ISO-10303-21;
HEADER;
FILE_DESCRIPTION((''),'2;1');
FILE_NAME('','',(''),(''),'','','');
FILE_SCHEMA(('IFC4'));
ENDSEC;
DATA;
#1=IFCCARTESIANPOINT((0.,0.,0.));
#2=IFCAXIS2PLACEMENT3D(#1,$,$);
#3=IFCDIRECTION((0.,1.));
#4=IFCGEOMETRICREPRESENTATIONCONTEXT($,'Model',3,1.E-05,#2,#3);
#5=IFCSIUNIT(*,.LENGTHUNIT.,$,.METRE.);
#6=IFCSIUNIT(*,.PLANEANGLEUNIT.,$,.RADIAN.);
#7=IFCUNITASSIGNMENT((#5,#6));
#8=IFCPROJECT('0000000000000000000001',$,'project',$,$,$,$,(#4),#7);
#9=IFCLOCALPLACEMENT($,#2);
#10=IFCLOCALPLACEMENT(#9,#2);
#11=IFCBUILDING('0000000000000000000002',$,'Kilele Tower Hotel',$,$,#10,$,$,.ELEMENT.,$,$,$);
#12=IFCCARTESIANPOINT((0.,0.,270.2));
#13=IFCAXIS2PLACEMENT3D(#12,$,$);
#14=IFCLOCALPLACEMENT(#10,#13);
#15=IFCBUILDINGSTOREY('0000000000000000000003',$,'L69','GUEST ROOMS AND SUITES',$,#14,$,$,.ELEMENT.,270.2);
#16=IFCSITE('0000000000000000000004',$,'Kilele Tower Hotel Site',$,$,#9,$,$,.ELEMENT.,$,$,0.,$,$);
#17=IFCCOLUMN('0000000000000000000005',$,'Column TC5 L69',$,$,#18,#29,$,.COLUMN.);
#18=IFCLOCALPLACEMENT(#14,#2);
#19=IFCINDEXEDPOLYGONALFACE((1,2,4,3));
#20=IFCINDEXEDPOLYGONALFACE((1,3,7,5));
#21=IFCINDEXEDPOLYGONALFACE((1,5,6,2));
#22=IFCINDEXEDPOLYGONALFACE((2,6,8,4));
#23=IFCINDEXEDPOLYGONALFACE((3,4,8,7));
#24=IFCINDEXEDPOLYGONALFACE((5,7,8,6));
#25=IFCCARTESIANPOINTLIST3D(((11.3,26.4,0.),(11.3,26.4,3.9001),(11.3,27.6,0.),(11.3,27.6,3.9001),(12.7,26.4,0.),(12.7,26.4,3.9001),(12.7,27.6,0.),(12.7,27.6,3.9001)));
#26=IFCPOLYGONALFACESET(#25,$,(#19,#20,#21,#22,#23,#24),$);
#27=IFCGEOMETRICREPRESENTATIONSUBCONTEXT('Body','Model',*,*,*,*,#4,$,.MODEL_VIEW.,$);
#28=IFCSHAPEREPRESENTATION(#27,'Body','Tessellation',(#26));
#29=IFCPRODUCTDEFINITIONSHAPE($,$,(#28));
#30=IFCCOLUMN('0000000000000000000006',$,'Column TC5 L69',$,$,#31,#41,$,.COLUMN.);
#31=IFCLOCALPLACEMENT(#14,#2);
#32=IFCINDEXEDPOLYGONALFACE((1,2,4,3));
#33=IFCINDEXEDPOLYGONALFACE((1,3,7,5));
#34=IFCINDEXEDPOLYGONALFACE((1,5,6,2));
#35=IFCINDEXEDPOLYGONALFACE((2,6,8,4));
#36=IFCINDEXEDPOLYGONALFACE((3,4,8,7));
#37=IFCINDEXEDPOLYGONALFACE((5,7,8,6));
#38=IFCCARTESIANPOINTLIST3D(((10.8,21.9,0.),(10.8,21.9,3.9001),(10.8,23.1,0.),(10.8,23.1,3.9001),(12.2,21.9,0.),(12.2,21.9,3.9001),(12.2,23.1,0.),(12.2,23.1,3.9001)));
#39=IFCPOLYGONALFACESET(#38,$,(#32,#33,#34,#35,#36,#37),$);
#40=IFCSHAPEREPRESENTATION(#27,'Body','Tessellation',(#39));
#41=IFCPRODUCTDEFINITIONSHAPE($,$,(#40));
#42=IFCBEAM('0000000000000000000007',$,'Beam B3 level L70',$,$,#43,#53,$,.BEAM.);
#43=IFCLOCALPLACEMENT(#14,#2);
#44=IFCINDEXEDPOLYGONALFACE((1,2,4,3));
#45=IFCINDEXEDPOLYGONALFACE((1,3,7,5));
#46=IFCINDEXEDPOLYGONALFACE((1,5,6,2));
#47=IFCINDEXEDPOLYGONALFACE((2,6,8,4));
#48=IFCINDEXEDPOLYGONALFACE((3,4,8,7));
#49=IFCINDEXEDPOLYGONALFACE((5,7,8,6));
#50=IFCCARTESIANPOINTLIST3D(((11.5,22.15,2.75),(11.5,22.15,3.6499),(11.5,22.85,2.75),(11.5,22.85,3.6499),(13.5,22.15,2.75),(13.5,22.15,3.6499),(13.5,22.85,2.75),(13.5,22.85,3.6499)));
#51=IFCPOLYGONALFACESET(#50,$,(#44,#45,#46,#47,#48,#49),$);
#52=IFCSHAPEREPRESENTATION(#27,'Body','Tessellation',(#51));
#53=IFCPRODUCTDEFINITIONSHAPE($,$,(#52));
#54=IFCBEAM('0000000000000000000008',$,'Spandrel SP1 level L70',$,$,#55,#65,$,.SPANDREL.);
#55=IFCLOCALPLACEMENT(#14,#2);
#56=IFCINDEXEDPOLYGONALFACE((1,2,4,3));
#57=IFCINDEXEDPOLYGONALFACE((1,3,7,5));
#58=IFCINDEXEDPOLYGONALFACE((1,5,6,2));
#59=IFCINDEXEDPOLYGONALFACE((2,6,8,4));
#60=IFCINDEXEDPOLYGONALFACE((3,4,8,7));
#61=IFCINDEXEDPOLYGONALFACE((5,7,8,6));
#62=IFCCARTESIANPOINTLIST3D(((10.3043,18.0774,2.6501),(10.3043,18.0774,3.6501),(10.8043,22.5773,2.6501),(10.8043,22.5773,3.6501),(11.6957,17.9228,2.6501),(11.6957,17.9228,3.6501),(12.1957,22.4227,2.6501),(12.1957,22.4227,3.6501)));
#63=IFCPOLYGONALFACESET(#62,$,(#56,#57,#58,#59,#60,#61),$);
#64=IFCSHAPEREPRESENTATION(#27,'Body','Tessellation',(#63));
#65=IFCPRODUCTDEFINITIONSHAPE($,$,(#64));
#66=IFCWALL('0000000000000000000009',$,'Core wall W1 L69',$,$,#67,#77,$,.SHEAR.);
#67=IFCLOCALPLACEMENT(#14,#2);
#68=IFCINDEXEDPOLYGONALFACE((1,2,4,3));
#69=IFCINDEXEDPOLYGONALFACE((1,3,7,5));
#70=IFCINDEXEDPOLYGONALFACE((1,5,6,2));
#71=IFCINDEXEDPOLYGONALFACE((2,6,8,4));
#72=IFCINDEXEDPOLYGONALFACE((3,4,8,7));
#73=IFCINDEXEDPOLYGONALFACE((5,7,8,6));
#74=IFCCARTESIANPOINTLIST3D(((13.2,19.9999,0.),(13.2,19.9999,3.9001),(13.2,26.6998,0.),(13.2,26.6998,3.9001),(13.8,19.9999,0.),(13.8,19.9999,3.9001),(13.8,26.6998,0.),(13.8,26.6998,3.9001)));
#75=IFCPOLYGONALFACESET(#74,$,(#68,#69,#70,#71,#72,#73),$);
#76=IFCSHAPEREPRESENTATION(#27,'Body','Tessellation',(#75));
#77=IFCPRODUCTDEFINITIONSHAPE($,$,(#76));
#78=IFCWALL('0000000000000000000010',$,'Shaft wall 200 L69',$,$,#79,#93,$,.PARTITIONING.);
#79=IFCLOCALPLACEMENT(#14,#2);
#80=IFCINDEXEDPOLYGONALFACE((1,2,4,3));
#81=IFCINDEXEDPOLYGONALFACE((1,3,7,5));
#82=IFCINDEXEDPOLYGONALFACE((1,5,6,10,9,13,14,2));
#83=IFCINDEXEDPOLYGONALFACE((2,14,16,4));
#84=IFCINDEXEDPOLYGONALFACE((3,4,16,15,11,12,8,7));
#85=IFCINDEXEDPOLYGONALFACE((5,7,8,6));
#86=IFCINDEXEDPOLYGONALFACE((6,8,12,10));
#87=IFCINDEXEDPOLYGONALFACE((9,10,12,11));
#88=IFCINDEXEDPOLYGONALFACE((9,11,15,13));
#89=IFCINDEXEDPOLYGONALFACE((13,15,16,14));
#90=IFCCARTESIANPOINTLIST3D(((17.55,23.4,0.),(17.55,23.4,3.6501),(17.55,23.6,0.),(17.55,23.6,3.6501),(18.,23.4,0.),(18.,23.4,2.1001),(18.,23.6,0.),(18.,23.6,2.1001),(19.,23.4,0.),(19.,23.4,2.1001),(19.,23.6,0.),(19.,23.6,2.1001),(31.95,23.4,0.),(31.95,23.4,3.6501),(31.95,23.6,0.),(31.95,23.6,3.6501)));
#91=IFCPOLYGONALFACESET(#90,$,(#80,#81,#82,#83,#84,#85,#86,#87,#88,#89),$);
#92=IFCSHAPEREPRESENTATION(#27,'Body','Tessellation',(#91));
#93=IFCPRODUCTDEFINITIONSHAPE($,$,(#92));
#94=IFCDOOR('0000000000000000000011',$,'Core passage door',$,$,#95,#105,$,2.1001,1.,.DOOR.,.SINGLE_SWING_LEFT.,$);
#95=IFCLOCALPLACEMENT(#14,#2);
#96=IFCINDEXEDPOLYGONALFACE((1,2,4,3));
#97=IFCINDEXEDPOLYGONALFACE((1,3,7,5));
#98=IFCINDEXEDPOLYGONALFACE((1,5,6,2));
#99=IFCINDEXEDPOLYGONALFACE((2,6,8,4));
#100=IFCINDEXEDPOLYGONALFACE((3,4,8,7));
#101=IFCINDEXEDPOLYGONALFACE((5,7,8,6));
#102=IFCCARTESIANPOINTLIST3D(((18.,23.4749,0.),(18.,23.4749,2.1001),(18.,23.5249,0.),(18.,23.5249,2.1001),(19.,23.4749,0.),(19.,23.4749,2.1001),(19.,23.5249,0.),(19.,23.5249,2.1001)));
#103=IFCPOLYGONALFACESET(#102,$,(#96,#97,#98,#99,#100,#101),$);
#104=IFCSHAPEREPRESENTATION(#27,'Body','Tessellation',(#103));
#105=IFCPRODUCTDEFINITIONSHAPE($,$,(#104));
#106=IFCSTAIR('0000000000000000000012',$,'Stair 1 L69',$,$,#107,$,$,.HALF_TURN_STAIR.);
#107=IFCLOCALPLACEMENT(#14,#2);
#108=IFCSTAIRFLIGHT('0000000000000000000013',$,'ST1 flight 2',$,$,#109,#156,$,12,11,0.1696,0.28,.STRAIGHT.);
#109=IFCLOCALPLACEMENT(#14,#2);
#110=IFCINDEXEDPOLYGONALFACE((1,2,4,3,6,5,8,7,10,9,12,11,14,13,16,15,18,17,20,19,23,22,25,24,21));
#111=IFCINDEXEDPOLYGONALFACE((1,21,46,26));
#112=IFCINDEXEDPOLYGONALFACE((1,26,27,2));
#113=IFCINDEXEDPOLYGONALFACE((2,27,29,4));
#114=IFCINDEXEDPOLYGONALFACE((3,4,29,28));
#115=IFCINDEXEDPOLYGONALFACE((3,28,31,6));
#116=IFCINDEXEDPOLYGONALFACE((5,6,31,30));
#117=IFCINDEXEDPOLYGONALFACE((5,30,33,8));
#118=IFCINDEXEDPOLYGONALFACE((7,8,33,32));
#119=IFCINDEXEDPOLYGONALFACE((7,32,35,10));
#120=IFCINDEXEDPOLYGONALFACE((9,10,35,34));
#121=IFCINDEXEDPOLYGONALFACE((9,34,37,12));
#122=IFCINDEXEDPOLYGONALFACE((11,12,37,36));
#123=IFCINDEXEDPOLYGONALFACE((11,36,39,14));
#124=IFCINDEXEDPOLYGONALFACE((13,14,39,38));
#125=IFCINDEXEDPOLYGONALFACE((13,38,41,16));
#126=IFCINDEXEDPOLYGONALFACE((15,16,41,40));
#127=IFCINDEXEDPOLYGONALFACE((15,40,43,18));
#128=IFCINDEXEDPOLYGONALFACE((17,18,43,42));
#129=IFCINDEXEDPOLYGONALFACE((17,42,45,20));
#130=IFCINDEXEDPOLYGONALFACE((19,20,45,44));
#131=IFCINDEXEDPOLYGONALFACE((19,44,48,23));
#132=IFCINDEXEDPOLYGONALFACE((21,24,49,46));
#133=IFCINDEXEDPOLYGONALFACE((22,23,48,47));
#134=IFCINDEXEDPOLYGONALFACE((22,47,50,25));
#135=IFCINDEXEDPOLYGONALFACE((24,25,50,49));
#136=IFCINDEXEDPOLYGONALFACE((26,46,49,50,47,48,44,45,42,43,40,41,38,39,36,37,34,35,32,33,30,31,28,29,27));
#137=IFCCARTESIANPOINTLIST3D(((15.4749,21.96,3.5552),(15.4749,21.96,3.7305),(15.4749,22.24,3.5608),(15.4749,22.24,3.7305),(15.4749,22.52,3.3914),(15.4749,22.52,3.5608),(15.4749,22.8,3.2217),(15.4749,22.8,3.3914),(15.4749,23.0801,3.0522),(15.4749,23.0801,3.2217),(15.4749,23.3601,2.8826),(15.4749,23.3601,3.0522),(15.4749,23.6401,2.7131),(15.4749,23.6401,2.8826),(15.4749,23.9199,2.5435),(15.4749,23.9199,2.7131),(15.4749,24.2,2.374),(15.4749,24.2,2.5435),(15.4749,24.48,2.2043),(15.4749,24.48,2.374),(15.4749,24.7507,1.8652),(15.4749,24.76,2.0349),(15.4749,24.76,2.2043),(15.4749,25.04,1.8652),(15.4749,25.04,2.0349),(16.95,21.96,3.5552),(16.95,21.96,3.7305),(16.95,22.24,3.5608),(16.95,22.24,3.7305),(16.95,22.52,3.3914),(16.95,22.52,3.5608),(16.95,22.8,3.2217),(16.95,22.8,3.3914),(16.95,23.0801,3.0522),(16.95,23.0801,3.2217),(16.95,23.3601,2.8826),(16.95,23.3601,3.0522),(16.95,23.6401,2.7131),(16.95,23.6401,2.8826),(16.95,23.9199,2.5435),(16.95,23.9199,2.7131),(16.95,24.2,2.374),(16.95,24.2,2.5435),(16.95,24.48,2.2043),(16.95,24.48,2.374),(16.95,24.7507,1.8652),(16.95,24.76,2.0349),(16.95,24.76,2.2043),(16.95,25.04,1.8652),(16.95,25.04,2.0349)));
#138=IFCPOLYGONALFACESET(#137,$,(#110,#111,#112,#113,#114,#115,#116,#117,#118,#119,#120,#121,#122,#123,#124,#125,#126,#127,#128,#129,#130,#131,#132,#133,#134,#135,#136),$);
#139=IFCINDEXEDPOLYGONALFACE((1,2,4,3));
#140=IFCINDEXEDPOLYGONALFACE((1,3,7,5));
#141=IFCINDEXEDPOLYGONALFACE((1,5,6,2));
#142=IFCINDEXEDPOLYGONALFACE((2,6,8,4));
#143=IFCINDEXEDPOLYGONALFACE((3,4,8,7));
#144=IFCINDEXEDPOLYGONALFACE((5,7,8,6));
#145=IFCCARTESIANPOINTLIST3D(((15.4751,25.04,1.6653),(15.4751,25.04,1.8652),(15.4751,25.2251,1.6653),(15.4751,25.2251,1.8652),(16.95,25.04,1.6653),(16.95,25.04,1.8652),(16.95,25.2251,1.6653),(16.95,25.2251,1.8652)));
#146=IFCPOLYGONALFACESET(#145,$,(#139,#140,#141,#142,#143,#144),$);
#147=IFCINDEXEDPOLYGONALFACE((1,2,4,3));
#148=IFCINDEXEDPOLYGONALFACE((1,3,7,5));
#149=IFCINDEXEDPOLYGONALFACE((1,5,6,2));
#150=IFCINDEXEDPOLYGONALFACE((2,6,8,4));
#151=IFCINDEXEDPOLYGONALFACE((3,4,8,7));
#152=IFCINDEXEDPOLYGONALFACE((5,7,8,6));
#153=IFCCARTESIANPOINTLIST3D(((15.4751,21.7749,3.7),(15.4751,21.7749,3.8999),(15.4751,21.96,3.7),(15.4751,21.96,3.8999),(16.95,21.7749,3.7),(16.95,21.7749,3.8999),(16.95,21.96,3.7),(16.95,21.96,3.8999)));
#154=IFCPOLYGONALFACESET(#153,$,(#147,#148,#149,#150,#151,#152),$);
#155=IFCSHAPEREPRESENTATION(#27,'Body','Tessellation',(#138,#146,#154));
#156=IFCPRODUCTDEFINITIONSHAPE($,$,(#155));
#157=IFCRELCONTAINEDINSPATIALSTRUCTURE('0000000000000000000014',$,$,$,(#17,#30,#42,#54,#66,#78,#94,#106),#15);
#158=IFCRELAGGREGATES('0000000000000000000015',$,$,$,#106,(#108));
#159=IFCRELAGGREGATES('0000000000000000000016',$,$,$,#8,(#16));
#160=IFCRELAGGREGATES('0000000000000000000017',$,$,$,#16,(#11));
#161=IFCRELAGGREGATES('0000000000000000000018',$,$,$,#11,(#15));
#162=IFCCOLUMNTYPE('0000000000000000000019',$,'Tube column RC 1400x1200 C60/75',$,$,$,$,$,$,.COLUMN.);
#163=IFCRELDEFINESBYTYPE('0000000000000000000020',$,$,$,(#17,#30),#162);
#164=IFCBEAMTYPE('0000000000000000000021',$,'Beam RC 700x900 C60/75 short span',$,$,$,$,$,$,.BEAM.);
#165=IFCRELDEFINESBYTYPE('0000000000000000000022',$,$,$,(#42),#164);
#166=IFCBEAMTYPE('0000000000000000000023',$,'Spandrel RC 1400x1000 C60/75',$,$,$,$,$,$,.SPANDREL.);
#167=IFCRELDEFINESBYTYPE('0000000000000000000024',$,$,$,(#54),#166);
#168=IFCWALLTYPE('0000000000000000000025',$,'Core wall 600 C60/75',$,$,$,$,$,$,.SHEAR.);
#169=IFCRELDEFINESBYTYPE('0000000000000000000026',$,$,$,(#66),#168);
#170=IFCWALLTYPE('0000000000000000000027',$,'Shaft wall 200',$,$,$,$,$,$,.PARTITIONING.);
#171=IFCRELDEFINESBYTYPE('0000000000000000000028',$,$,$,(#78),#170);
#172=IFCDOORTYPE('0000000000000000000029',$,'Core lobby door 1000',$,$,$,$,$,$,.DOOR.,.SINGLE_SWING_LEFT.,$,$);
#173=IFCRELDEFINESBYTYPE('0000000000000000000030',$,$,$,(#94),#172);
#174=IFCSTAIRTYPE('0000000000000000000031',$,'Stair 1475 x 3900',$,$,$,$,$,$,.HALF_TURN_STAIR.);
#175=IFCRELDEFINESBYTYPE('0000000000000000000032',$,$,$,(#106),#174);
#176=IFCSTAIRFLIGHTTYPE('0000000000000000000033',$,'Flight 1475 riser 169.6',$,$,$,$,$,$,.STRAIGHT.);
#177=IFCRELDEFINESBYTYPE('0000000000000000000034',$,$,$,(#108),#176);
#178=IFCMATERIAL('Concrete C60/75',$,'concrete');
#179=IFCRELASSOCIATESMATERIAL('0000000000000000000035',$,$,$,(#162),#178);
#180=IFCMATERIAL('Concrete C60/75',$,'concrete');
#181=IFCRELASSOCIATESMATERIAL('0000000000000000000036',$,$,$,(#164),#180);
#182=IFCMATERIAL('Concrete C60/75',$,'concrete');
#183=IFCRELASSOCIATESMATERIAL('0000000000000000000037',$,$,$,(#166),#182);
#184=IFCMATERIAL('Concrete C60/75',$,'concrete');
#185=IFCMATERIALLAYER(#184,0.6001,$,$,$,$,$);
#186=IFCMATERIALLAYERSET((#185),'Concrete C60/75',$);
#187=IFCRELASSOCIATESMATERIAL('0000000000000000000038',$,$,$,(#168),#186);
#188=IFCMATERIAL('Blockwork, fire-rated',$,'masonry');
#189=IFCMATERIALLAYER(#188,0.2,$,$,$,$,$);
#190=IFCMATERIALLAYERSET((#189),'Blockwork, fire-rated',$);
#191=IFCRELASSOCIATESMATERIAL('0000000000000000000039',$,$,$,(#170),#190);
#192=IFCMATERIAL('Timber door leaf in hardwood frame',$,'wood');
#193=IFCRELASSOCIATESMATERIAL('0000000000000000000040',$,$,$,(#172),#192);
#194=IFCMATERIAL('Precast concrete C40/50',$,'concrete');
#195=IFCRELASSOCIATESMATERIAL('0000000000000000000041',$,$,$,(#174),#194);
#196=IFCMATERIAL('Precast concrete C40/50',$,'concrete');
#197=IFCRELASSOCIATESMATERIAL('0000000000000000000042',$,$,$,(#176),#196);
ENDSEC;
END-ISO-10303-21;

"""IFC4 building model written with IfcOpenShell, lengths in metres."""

from ifc_helpers import new_model, si_unit, direction, frame, frame_2d, origin, origin_2d, place, context, subcontext, project, spatial, polyline, rectangle, outline, extrude, material, layer, layer_set, material_profile, profile_set, type_object, element, fill, aggregate, save


model = new_model("IFC4")

# Units and contexts
model_context = context("Model", 3, precision=1e-05, world=origin(), true_north=direction((0.0, 1.0)))
body_context = subcontext(model_context, "Body", "Model", "MODEL_VIEW")
ifc_project = project(units=[si_unit("LENGTHUNIT", "METRE"), si_unit("PLANEANGLEUNIT", "RADIAN")], contexts=[model_context])

# Site, building, storey
site_placement = place(None, origin())
site = spatial("IfcSite", under=ifc_project, at=site_placement, Name="Kilele Tower Hotel Site", CompositionType="ELEMENT", RefElevation=0.0)
building_placement = place(site_placement, origin())
building = spatial("IfcBuilding", under=site, at=building_placement, Name="Kilele Tower Hotel", CompositionType="ELEMENT")
storey_placement = place(building_placement, frame((0.0, 0.0, 270.2)))
storey = spatial("IfcBuildingStorey", under=building, at=storey_placement, Name="L69", Description="GUEST ROOMS AND SUITES", CompositionType="ELEMENT", Elevation=270.2)

# Columns
ifc_material_1 = material(Name="Concrete C60/75", Category="concrete")
ifc_material_profile_1 = material_profile(ifc_material_1, rectangle(XDim=1.3999, YDim=1.2, at=origin_2d()))
ifc_profile_set_1 = profile_set([ifc_material_profile_1], Name="Concrete C60/75")
column_type = type_object("IfcColumnType", Name="Tube column RC 1400x1200 C60/75", PredefinedType="COLUMN", material=ifc_profile_set_1)
for number, where, z_axis, x_axis, name in (
    (1, (12.0, 27.0, 0.0), (0.0, 0.0, 1.0), (1.0, 0.0, 0.0), "Column TC5 L69"),
    (2, (11.5, 22.5, 0.0), (0.0, 0.0, 1.0), (1.0, 0.0, 0.0), "Column TC5 L69"),
):
    element("IfcColumn", number, at=place(storey_placement, frame(where, z_axis=z_axis, x_axis=x_axis)), inside=storey, type_object=column_type, Name=name, PredefinedType="COLUMN", context=body_context, shape_type="SweptSolid", body=[
        extrude(rectangle(XDim=1.3999, YDim=1.2, at=origin_2d()), origin(), (0.0, 0.0, 1.0), 3.9001),
    ])

# Beams
ifc_material_2 = material(Name="Concrete C60/75", Category="concrete")
ifc_material_profile_2 = material_profile(ifc_material_2, rectangle(XDim=0.7, YDim=0.8999, at=origin_2d()))
ifc_profile_set_2 = profile_set([ifc_material_profile_2], Name="Concrete C60/75")
beam_type_1 = type_object("IfcBeamType", Name="Beam RC 700x900 C60/75 short span", PredefinedType="BEAM", material=ifc_profile_set_2)
beam_1_placement = place(storey_placement, frame((11.5, 22.5, 3.2), z_axis=(1.0, 0.0, 0.0), x_axis=(0.0, 1.0, 0.0)))
element("IfcBeam", 3, at=beam_1_placement, inside=storey, type_object=beam_type_1, Name="Beam B3 level L70", PredefinedType="BEAM", context=body_context, shape_type="SweptSolid", body=[
    extrude(rectangle(XDim=0.7, YDim=0.8999, at=origin_2d()), origin(), (0.0, 0.0, 1.0), 2.0),
])
ifc_material_3 = material(Name="Concrete C60/75", Category="concrete")
ifc_material_profile_3 = material_profile(ifc_material_3, rectangle(XDim=1.3999, YDim=1.0, at=origin_2d()))
ifc_profile_set_3 = profile_set([ifc_material_profile_3], Name="Concrete C60/75")
beam_type_2 = type_object("IfcBeamType", Name="Spandrel RC 1400x1000 C60/75", PredefinedType="SPANDREL", material=ifc_profile_set_3)
beam_2_placement = place(storey_placement, frame((11.5, 22.5, 3.1501), z_axis=(-0.110432, -0.993884, 0.0), x_axis=(0.993884, -0.110432, 0.0)))
element("IfcBeam", 4, at=beam_2_placement, inside=storey, type_object=beam_type_2, Name="Spandrel SP1 level L70", PredefinedType="SPANDREL", context=body_context, shape_type="SweptSolid", body=[
    extrude(rectangle(XDim=1.3999, YDim=1.0, at=origin_2d()), origin(), (0.0, 0.0, 1.0), 4.5276),
])

# Wall
ifc_material_4 = material(Name="Concrete C60/75", Category="concrete")
ifc_layer_1 = layer(ifc_material_4, 0.6001)
ifc_layer_set_1 = layer_set([ifc_layer_1], Name="Concrete C60/75")
wall_type_1 = type_object("IfcWallType", Name="Core wall 600 C60/75", PredefinedType="SHEAR", material=ifc_layer_set_1)
wall_1_placement = place(storey_placement, frame((13.5, 26.7, 0.0), z_axis=(0.0, 0.0, 1.0), x_axis=(0.0, -1.0, 0.0)))
element("IfcWall", 5, at=wall_1_placement, inside=storey, type_object=wall_type_1, Name="Core wall W1 L69", PredefinedType="SHEAR", context=body_context, shape_type="SweptSolid", body=[
    extrude(rectangle(XDim=6.7, YDim=0.6001, at=frame_2d((3.3501, 0.0))), origin(), (0.0, 0.0, 1.0), 3.9001),
])

# Wall, opening, door
ifc_material_5 = material(Name="Blockwork, fire-rated", Category="masonry")
ifc_layer_2 = layer(ifc_material_5, 0.2)
ifc_layer_set_2 = layer_set([ifc_layer_2], Name="Blockwork, fire-rated")
wall_type_2 = type_object("IfcWallType", Name="Shaft wall 200", PredefinedType="PARTITIONING", material=ifc_layer_set_2)
wall_2_placement = place(storey_placement, frame((17.55, 23.5, 0.0), z_axis=(0.0, 0.0, 1.0), x_axis=(1.0, 0.0, 0.0)))
wall_2 = element("IfcWall", 6, at=wall_2_placement, inside=storey, type_object=wall_type_2, Name="Shaft wall 200 L69", PredefinedType="PARTITIONING", context=body_context, shape_type="SweptSolid", body=[
    extrude(rectangle(XDim=14.3999, YDim=0.2, at=frame_2d((7.2, 0.0))), origin(), (0.0, 0.0, 1.0), 3.6501),
])
opening_placement = place(wall_2_placement, frame((0.45, 0.0, 0.0)))
opening = element("IfcOpeningElement", 7, at=opening_placement, cuts=wall_2, PredefinedType="OPENING", context=body_context, shape_type="SweptSolid", body=[
    extrude(rectangle(XDim=1.0, YDim=2.1001, at=frame_2d((0.5, 1.05))), frame((0.0, 0.1099, 0.0), z_axis=(0.0, -1.0, 0.0), x_axis=(1.0, 0.0, 0.0)), (0.0, 0.0, 1.0), 0.22),
])
ifc_material_6 = material(Name="Timber door leaf in hardwood frame", Category="wood")
door_type = type_object("IfcDoorType", Name="Core lobby door 1000", OperationType="SINGLE_SWING_LEFT", PredefinedType="DOOR", material=ifc_material_6)
door_placement = place(opening_placement, origin())
door = element("IfcDoor", 8, at=door_placement, inside=storey, type_object=door_type, Name="Core passage door", OperationType="SINGLE_SWING_LEFT", OverallHeight=2.1001, OverallWidth=1.0, PredefinedType="DOOR", context=body_context, shape_type="SweptSolid", body=[
    extrude(rectangle(XDim=1.0, YDim=2.1001, at=frame_2d((0.5, 1.05))), frame((0.0, 0.0249, 0.0), z_axis=(0.0, -1.0, 0.0), x_axis=(1.0, 0.0, 0.0)), (0.0, 0.0, 1.0), 0.05),
])
fill(opening, door)

# Stair, stair flight
ifc_material_7 = material(Name="Precast concrete C40/50", Category="concrete")
stair_type = type_object("IfcStairType", Name="Stair 1475 x 3900", PredefinedType="HALF_TURN_STAIR", material=ifc_material_7)
stair_placement = place(storey_placement, origin())
stair = element("IfcStair", 9, at=stair_placement, inside=storey, type_object=stair_type, Name="Stair 1 L69", PredefinedType="HALF_TURN_STAIR")
ifc_material_8 = material(Name="Precast concrete C40/50", Category="concrete")
stair_flight_type = type_object("IfcStairFlightType", Name="Flight 1475 riser 169.6", PredefinedType="STRAIGHT", material=ifc_material_8)
stair_flight_placement = place(storey_placement, frame((16.2124, 25.04, 1.8652), z_axis=(0.0, 0.0, 1.0), x_axis=(0.0, -1.0, 0.0)))
stair_flight = element("IfcStairFlight", 10, at=stair_flight_placement, type_object=stair_flight_type, Name="ST1 flight 2", NumberOfRisers=12, NumberOfTreads=11, PredefinedType="STRAIGHT", RiserHeight=0.1696, TreadLength=0.28, context=body_context, shape_type="SweptSolid", body=[
    extrude(outline(polyline([(0.0, 0.0), (0.0, 0.1697), (0.28, 0.1697), (0.28, 0.3391), (0.5601, 0.3391), (0.5601, 0.5088), (0.8401, 0.5088), (0.8401, 0.6782), (1.1201, 0.6782), (1.1201, 0.8479), (1.3999, 0.8479), (1.3999, 1.0173), (1.6799, 1.0173), (1.6799, 1.187), (1.96, 1.187), (1.96, 1.3564), (2.24, 1.3564), (2.24, 1.5261), (2.52, 1.5261), (2.52, 1.6956), (2.8, 1.6956), (2.8, 1.8652), (3.0801, 1.8652), (3.0801, 2.0347), (3.0801, 1.6899), (0.2893, 0.0), (0.0, 0.0)])), frame((0.0, 0.7375, 0.0), z_axis=(0.0, -1.0, 0.0), x_axis=(1.0, 0.0, 0.0)), (0.0, 0.0, 1.0), 1.4751),
    extrude(outline(polyline([(0.0, -0.7373), (0.0, 0.7375), (-0.1851, 0.7375), (-0.1851, -0.7373), (0.0, -0.7373)])), frame((0.0, 0.0, -0.2)), (0.0, 0.0, 1.0), 0.2),
    extrude(outline(polyline([(3.2651, -0.7373), (3.2651, 0.7375), (3.0801, 0.7375), (3.0801, -0.7373), (3.2651, -0.7373)])), frame((0.0, 0.0, 1.8347)), (0.0, 0.0, 1.0), 0.2),
])
aggregate(stair, [stair_flight])

save(model, "model.ifc")
